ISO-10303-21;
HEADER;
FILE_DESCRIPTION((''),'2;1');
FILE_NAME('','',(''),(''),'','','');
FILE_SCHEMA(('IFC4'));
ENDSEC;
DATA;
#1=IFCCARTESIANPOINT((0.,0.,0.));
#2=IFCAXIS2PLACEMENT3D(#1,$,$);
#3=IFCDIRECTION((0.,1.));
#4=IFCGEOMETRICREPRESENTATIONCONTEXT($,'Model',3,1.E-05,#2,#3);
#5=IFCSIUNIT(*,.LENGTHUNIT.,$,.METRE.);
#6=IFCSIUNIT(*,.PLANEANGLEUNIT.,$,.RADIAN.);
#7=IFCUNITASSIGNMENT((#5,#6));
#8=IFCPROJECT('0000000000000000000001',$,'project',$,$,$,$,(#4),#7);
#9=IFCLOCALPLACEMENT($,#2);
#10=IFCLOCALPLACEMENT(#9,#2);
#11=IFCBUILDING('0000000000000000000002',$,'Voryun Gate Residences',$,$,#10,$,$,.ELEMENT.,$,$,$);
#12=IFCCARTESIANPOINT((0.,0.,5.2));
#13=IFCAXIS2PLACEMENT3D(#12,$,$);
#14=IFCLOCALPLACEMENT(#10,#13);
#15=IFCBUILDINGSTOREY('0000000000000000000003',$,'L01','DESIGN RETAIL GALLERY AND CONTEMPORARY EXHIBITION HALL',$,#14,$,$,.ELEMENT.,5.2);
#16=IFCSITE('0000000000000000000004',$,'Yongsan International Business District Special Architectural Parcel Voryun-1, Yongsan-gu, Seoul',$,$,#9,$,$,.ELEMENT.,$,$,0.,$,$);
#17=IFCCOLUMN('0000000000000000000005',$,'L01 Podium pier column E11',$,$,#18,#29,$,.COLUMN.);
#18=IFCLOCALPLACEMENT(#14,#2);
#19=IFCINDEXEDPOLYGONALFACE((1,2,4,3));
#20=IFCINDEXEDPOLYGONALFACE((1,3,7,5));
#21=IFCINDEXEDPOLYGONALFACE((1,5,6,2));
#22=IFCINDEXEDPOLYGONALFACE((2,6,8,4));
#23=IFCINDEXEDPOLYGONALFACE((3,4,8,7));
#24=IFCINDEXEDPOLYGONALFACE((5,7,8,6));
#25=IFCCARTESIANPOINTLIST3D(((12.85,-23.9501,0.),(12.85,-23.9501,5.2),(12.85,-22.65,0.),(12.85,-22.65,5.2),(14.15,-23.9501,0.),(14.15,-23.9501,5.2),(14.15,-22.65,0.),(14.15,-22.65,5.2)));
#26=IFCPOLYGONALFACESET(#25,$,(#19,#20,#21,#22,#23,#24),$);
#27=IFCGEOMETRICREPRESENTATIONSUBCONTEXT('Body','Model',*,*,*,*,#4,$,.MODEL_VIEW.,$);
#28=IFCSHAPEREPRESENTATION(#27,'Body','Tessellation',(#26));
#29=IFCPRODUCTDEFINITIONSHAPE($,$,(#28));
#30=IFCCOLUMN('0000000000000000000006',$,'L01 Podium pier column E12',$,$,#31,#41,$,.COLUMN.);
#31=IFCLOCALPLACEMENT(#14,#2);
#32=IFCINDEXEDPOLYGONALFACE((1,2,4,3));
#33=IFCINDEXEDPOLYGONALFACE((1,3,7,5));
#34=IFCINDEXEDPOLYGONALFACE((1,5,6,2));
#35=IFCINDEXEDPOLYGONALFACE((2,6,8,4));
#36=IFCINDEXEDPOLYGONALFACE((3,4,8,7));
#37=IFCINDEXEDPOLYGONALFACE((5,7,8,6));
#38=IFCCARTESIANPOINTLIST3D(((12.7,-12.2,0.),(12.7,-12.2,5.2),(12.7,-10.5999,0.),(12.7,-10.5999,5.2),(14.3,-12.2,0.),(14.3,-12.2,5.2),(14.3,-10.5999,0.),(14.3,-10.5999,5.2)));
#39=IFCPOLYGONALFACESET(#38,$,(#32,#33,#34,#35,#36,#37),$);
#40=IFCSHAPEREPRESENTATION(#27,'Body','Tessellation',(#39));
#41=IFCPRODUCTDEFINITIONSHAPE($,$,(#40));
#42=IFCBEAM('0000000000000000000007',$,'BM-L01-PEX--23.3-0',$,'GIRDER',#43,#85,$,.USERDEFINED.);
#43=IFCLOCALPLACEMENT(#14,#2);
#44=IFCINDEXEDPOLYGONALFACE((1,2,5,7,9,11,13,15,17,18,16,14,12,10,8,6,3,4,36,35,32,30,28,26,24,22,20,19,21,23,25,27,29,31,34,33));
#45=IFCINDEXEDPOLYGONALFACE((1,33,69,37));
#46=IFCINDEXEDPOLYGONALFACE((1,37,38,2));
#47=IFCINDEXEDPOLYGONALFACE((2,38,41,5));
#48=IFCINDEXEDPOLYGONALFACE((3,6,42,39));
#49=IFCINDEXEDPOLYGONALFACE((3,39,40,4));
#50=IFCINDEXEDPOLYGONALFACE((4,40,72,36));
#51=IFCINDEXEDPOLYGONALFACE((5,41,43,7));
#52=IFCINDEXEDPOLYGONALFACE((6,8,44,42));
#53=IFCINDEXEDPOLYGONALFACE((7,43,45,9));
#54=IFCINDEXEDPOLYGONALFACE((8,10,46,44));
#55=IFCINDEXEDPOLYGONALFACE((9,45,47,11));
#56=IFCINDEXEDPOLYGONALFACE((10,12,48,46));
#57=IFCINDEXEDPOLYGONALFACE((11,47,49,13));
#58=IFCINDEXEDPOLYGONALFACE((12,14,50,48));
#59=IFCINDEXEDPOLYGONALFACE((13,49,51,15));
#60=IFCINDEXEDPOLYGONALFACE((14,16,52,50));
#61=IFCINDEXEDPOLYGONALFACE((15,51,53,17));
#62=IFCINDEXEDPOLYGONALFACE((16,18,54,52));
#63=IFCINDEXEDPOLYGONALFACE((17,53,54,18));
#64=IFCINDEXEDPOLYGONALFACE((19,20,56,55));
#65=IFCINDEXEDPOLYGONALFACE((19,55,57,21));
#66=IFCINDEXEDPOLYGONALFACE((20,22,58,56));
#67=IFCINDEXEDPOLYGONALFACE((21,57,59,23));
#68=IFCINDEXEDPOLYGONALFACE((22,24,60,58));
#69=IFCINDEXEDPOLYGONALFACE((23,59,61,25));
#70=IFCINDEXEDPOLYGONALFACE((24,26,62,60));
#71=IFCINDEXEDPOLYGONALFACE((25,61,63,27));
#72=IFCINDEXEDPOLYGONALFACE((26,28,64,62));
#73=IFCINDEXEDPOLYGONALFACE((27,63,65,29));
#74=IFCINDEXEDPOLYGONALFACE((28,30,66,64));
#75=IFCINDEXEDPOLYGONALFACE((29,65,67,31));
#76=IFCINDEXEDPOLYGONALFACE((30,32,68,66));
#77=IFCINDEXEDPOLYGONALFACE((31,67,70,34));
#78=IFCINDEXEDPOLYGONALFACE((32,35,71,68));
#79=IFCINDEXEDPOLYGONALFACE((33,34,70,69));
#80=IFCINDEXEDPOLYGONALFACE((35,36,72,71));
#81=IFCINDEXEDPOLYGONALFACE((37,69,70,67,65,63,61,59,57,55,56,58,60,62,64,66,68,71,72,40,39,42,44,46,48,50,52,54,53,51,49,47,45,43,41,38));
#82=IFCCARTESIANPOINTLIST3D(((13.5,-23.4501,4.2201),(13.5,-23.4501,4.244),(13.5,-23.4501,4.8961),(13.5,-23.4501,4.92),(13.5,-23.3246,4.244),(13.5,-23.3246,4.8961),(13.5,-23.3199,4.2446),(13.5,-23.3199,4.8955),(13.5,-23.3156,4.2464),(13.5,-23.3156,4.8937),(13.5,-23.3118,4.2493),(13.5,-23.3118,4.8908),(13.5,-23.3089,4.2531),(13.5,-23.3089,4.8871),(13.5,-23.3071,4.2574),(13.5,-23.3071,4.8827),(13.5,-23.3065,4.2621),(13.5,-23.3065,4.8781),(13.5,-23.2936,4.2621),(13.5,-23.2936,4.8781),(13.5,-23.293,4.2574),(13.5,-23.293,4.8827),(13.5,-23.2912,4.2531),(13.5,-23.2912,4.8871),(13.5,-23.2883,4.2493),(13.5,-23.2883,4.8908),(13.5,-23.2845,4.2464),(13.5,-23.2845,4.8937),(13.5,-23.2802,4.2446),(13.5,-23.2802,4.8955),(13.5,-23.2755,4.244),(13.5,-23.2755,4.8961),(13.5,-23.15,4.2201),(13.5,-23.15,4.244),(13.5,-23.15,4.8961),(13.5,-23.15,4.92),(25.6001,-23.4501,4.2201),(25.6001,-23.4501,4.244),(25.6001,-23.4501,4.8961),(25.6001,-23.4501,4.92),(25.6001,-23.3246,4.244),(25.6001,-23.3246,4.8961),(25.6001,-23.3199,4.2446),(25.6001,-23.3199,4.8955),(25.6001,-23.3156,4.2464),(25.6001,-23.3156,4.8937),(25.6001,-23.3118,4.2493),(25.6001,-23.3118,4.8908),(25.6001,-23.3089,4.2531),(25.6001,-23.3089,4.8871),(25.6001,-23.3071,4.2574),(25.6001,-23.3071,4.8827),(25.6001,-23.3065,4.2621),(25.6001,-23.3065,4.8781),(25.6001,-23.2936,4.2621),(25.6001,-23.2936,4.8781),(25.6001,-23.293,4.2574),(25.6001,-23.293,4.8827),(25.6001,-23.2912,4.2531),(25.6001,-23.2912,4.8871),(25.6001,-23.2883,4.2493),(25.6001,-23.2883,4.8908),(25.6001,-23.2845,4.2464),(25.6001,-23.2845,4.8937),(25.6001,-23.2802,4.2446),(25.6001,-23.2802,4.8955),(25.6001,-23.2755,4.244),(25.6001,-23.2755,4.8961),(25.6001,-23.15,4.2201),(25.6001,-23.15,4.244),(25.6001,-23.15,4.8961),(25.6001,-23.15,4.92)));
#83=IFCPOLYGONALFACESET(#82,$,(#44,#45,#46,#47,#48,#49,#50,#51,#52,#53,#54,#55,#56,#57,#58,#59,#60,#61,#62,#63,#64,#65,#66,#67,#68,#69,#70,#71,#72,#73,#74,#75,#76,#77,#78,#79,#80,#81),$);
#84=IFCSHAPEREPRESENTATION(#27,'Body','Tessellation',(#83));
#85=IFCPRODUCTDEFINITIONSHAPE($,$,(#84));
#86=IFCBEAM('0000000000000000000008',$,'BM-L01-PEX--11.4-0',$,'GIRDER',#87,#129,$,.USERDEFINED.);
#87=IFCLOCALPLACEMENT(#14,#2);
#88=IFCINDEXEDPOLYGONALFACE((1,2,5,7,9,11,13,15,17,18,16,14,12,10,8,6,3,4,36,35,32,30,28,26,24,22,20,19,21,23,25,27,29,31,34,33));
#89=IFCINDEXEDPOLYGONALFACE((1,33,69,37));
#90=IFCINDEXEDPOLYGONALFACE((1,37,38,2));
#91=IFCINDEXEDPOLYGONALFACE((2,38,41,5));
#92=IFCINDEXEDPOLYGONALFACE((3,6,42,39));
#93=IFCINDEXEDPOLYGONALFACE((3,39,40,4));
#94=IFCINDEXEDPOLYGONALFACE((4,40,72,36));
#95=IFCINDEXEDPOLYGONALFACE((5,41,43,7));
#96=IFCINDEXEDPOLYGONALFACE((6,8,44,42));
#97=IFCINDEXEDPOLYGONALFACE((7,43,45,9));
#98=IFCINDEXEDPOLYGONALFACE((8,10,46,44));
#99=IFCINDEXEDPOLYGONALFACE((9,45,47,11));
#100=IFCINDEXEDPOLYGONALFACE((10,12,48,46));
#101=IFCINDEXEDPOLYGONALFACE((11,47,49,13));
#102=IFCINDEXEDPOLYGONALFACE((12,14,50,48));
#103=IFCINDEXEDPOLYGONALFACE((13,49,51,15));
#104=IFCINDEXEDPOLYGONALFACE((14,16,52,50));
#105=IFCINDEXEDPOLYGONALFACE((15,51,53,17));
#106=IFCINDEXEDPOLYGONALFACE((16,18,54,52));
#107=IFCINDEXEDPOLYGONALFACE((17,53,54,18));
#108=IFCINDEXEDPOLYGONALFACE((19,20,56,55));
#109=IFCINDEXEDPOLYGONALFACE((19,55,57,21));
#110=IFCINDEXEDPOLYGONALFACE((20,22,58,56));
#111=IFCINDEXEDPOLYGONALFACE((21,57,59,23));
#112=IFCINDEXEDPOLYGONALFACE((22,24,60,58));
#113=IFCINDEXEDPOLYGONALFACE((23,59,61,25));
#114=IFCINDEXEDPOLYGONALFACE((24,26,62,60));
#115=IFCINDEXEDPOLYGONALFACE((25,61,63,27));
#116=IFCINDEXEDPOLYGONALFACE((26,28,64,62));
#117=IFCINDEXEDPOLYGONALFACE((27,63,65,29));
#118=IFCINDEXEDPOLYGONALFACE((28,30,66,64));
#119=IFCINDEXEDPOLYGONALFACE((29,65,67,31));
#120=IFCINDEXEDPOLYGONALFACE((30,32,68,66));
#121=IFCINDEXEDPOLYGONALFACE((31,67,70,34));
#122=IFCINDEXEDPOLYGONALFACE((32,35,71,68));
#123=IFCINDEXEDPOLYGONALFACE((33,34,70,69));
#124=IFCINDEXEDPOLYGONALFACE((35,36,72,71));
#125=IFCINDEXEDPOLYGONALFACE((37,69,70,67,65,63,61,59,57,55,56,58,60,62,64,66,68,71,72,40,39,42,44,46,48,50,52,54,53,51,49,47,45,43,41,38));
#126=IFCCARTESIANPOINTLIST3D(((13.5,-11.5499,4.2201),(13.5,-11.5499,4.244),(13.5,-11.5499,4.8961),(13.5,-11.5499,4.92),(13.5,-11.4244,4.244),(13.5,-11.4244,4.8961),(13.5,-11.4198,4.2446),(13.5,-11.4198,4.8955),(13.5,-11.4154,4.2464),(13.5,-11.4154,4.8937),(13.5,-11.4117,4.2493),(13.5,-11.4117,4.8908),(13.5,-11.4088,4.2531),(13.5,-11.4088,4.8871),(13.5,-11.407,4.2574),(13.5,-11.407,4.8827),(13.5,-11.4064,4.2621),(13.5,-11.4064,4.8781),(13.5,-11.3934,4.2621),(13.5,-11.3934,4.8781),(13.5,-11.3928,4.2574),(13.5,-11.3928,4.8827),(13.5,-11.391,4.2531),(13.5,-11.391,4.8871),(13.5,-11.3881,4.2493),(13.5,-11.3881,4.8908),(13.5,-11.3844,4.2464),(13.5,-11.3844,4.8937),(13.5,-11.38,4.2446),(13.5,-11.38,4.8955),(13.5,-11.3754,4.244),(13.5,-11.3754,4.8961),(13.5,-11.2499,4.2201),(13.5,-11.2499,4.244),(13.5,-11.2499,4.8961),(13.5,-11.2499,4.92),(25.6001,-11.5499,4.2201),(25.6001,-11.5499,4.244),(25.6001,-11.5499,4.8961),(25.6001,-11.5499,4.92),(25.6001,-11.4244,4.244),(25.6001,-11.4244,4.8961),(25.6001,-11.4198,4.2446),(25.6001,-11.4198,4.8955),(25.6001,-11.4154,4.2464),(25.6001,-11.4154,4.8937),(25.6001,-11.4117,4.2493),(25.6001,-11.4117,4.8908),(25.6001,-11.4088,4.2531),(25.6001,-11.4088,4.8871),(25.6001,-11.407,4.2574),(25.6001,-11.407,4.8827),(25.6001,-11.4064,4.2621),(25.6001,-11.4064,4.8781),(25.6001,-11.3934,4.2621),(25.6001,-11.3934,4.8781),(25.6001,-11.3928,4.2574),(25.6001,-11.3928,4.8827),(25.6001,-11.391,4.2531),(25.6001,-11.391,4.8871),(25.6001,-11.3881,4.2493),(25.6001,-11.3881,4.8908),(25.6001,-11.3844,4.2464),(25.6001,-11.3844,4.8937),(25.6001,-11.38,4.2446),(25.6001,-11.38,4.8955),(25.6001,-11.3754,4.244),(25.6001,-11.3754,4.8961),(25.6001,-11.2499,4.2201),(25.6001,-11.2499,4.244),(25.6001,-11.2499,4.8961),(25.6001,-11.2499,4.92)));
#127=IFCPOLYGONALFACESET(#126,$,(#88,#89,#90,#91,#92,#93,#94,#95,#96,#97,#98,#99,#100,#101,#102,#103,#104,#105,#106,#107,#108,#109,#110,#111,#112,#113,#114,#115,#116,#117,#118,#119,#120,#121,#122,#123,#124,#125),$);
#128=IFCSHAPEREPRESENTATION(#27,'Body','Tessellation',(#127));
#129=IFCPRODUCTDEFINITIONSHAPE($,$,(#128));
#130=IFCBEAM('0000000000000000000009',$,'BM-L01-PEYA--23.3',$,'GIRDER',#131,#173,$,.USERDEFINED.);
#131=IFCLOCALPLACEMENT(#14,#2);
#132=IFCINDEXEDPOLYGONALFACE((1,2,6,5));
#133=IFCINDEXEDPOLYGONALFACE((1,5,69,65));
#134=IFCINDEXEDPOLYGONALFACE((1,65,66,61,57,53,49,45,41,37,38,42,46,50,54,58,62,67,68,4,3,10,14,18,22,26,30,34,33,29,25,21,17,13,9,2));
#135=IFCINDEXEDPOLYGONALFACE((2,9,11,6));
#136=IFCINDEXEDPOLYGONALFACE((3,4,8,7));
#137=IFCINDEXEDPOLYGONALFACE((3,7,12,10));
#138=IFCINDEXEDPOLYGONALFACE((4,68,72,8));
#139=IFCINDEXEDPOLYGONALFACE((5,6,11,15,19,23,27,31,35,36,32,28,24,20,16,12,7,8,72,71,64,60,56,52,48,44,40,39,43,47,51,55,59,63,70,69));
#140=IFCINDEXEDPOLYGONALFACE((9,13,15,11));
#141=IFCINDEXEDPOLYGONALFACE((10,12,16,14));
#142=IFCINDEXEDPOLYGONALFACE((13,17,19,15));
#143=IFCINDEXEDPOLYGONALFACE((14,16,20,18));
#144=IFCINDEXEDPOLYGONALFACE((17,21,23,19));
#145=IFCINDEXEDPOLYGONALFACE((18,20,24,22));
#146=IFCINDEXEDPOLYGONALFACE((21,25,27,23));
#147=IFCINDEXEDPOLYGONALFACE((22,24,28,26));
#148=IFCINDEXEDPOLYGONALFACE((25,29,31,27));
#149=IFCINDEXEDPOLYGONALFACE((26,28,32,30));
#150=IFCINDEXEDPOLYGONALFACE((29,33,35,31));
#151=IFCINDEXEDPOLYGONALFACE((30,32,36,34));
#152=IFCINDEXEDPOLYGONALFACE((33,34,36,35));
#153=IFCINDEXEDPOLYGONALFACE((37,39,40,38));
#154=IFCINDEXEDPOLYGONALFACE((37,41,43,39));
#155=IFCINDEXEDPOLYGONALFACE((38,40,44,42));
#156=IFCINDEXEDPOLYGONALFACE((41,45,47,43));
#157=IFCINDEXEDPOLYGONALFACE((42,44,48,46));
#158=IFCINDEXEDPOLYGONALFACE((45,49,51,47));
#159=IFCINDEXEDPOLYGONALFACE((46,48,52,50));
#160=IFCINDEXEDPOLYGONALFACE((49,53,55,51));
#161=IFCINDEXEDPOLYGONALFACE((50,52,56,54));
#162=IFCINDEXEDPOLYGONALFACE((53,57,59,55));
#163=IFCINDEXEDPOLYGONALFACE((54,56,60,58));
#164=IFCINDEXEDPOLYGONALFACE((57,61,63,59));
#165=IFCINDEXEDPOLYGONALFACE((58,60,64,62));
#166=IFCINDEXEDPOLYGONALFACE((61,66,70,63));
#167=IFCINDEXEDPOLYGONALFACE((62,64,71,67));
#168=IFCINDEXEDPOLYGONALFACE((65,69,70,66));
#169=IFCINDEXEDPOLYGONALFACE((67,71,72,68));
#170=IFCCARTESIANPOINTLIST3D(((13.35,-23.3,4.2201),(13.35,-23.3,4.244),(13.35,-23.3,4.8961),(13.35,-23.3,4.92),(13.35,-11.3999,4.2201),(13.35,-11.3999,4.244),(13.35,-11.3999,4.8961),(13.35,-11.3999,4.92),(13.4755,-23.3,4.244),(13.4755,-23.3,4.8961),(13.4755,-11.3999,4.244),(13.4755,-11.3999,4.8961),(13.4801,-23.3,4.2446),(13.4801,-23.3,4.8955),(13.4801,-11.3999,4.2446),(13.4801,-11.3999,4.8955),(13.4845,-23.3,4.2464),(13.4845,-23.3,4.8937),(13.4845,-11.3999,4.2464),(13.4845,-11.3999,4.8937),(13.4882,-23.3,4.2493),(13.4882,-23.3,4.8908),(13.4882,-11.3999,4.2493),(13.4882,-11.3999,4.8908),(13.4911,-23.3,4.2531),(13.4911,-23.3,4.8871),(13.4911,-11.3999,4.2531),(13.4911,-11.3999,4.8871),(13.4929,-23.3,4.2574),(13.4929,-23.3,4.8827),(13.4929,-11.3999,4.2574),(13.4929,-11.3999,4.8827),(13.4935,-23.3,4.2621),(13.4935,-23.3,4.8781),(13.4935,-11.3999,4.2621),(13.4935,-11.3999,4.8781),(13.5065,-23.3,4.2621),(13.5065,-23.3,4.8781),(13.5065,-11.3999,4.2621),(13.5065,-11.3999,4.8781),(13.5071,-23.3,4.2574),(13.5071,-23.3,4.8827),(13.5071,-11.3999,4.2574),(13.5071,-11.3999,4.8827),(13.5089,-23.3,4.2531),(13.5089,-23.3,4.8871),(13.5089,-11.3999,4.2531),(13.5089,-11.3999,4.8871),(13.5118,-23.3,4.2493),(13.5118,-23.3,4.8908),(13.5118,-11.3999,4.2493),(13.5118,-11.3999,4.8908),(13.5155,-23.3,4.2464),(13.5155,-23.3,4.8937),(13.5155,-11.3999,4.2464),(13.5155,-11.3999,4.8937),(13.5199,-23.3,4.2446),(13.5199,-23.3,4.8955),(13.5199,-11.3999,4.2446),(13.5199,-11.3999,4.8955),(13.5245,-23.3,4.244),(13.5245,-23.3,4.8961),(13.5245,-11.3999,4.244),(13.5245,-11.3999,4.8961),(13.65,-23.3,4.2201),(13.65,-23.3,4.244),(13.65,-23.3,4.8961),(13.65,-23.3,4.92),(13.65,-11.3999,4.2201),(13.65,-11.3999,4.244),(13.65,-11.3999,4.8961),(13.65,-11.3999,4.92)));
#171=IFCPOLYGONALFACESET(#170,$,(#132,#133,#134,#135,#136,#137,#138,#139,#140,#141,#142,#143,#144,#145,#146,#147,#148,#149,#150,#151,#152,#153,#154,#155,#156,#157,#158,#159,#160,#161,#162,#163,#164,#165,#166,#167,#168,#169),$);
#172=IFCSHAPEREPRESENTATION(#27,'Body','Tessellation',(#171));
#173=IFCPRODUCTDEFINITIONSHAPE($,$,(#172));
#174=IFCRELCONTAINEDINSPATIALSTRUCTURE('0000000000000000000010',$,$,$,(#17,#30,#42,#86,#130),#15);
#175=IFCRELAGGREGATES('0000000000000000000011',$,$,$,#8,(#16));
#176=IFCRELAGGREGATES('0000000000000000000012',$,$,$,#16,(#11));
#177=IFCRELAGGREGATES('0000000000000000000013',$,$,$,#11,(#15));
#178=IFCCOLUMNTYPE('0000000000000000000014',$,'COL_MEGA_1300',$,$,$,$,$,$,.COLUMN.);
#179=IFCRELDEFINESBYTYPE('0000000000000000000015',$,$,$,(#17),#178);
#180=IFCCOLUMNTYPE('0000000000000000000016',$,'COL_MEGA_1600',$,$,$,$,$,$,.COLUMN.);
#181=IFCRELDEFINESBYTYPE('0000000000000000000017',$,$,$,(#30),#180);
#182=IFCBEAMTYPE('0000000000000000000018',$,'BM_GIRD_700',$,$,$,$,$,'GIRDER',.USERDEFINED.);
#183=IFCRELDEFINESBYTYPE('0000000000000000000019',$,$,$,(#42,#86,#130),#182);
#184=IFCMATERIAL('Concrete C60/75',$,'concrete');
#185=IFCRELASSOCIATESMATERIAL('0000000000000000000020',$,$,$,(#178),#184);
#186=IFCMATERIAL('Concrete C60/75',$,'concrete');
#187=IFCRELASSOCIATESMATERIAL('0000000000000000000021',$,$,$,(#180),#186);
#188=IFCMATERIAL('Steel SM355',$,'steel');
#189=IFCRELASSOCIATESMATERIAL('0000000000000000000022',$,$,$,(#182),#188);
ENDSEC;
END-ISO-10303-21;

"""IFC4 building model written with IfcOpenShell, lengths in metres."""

from ifc_helpers import new_model, si_unit, direction, frame, origin, origin_2d, place, context, subcontext, project, spatial, rectangle, i_section, extrude, material, material_profile, profile_set, type_object, element, save


model = new_model("IFC4")

# Units and contexts
model_context = context("Model", 3, precision=1e-05, world=origin(), true_north=direction((0.0, 1.0)))
body_context = subcontext(model_context, "Body", "Model", "MODEL_VIEW")
ifc_project = project(units=[si_unit("LENGTHUNIT", "METRE"), si_unit("PLANEANGLEUNIT", "RADIAN")], contexts=[model_context])

# Site, building, storey
site_placement = place(None, origin())
site = spatial("IfcSite", under=ifc_project, at=site_placement, Name="Yongsan International Business District Special Architectural Parcel Voryun-1, Yongsan-gu, Seoul", CompositionType="ELEMENT", RefElevation=0.0)
building_placement = place(site_placement, origin())
building = spatial("IfcBuilding", under=site, at=building_placement, Name="Voryun Gate Residences", CompositionType="ELEMENT")
storey_placement = place(building_placement, frame((0.0, 0.0, 5.2)))
storey = spatial("IfcBuildingStorey", under=building, at=storey_placement, Name="L01", Description="DESIGN RETAIL GALLERY AND CONTEMPORARY EXHIBITION HALL", CompositionType="ELEMENT", Elevation=5.2)

# Columns
ifc_material_1 = material(Name="Concrete C60/75", Category="concrete")
ifc_material_profile_1 = material_profile(ifc_material_1, rectangle(XDim=1.3, YDim=1.3, at=origin_2d()), Name="RC-1300x1300")
ifc_profile_set_1 = profile_set([ifc_material_profile_1], Name="Concrete C60/75")
column_type_1 = type_object("IfcColumnType", Name="COL_MEGA_1300", PredefinedType="COLUMN", material=ifc_profile_set_1)
column_1_placement = place(storey_placement, frame((13.5, -23.3, 0.0), z_axis=(0.0, 0.0, 1.0), x_axis=(1.0, 0.0, 0.0)))
element("IfcColumn", 1, at=column_1_placement, inside=storey, type_object=column_type_1, Name="L01 Podium pier column E11", PredefinedType="COLUMN", context=body_context, shape_type="SweptSolid", body=[
    extrude(rectangle(XDim=1.3, YDim=1.3, at=origin_2d()), origin(), (0.0, 0.0, 1.0), 5.2),
])
ifc_material_2 = material(Name="Concrete C60/75", Category="concrete")
ifc_material_profile_2 = material_profile(ifc_material_2, rectangle(XDim=1.6001, YDim=1.6001, at=origin_2d()), Name="RC-1600x1600")
ifc_profile_set_2 = profile_set([ifc_material_profile_2], Name="Concrete C60/75")
column_type_2 = type_object("IfcColumnType", Name="COL_MEGA_1600", PredefinedType="COLUMN", material=ifc_profile_set_2)
column_2_placement = place(storey_placement, frame((13.5, -11.3999, 0.0), z_axis=(0.0, 0.0, 1.0), x_axis=(1.0, 0.0, 0.0)))
element("IfcColumn", 2, at=column_2_placement, inside=storey, type_object=column_type_2, Name="L01 Podium pier column E12", PredefinedType="COLUMN", context=body_context, shape_type="SweptSolid", body=[
    extrude(rectangle(XDim=1.6001, YDim=1.6001, at=origin_2d()), origin(), (0.0, 0.0, 1.0), 5.2),
])

# Beams
ifc_material_3 = material(Name="Steel SM355", Category="steel")
ifc_material_profile_3 = material_profile(ifc_material_3, i_section(OverallWidth=0.3, OverallDepth=0.7, WebThickness=0.0129, FlangeThickness=0.0239, FilletRadius=0.0181, at=origin_2d()), Name="H-700x300x13x24")
ifc_profile_set_3 = profile_set([ifc_material_profile_3], Name="Steel SM355")
beam_type = type_object("IfcBeamType", Name="BM_GIRD_700", ElementType="GIRDER", PredefinedType="USERDEFINED", material=ifc_profile_set_3)
for number, where, z_axis, x_axis, name in (
    (3, (13.5, -23.3, 4.5701), (1.0, 0.0, 0.0), (0.0, 1.0, 0.0), "BM-L01-PEX--23.3-0"),
    (4, (13.5, -11.3999, 4.5701), (1.0, 0.0, 0.0), (0.0, 1.0, 0.0), "BM-L01-PEX--11.4-0"),
):
    element("IfcBeam", number, at=place(storey_placement, frame(where, z_axis=z_axis, x_axis=x_axis)), inside=storey, type_object=beam_type, Name=name, ObjectType="GIRDER", PredefinedType="USERDEFINED", context=body_context, shape_type="SweptSolid", body=[
        extrude(i_section(OverallWidth=0.3, OverallDepth=0.7, WebThickness=0.0129, FlangeThickness=0.0239, FilletRadius=0.0181, at=origin_2d()), origin(), (0.0, 0.0, 1.0), 12.1001),
    ])
beam_1_placement = place(storey_placement, frame((13.5, -23.3, 4.5701), z_axis=(0.0, 1.0, 0.0), x_axis=(-1.0, 0.0, 0.0)))
element("IfcBeam", 5, at=beam_1_placement, inside=storey, type_object=beam_type, Name="BM-L01-PEYA--23.3", ObjectType="GIRDER", PredefinedType="USERDEFINED", context=body_context, shape_type="SweptSolid", body=[
    extrude(i_section(OverallWidth=0.3, OverallDepth=0.7, WebThickness=0.0129, FlangeThickness=0.0239, FilletRadius=0.0181, at=origin_2d()), origin(), (0.0, 0.0, 1.0), 11.9001),
])

save(model, "model.ifc")
